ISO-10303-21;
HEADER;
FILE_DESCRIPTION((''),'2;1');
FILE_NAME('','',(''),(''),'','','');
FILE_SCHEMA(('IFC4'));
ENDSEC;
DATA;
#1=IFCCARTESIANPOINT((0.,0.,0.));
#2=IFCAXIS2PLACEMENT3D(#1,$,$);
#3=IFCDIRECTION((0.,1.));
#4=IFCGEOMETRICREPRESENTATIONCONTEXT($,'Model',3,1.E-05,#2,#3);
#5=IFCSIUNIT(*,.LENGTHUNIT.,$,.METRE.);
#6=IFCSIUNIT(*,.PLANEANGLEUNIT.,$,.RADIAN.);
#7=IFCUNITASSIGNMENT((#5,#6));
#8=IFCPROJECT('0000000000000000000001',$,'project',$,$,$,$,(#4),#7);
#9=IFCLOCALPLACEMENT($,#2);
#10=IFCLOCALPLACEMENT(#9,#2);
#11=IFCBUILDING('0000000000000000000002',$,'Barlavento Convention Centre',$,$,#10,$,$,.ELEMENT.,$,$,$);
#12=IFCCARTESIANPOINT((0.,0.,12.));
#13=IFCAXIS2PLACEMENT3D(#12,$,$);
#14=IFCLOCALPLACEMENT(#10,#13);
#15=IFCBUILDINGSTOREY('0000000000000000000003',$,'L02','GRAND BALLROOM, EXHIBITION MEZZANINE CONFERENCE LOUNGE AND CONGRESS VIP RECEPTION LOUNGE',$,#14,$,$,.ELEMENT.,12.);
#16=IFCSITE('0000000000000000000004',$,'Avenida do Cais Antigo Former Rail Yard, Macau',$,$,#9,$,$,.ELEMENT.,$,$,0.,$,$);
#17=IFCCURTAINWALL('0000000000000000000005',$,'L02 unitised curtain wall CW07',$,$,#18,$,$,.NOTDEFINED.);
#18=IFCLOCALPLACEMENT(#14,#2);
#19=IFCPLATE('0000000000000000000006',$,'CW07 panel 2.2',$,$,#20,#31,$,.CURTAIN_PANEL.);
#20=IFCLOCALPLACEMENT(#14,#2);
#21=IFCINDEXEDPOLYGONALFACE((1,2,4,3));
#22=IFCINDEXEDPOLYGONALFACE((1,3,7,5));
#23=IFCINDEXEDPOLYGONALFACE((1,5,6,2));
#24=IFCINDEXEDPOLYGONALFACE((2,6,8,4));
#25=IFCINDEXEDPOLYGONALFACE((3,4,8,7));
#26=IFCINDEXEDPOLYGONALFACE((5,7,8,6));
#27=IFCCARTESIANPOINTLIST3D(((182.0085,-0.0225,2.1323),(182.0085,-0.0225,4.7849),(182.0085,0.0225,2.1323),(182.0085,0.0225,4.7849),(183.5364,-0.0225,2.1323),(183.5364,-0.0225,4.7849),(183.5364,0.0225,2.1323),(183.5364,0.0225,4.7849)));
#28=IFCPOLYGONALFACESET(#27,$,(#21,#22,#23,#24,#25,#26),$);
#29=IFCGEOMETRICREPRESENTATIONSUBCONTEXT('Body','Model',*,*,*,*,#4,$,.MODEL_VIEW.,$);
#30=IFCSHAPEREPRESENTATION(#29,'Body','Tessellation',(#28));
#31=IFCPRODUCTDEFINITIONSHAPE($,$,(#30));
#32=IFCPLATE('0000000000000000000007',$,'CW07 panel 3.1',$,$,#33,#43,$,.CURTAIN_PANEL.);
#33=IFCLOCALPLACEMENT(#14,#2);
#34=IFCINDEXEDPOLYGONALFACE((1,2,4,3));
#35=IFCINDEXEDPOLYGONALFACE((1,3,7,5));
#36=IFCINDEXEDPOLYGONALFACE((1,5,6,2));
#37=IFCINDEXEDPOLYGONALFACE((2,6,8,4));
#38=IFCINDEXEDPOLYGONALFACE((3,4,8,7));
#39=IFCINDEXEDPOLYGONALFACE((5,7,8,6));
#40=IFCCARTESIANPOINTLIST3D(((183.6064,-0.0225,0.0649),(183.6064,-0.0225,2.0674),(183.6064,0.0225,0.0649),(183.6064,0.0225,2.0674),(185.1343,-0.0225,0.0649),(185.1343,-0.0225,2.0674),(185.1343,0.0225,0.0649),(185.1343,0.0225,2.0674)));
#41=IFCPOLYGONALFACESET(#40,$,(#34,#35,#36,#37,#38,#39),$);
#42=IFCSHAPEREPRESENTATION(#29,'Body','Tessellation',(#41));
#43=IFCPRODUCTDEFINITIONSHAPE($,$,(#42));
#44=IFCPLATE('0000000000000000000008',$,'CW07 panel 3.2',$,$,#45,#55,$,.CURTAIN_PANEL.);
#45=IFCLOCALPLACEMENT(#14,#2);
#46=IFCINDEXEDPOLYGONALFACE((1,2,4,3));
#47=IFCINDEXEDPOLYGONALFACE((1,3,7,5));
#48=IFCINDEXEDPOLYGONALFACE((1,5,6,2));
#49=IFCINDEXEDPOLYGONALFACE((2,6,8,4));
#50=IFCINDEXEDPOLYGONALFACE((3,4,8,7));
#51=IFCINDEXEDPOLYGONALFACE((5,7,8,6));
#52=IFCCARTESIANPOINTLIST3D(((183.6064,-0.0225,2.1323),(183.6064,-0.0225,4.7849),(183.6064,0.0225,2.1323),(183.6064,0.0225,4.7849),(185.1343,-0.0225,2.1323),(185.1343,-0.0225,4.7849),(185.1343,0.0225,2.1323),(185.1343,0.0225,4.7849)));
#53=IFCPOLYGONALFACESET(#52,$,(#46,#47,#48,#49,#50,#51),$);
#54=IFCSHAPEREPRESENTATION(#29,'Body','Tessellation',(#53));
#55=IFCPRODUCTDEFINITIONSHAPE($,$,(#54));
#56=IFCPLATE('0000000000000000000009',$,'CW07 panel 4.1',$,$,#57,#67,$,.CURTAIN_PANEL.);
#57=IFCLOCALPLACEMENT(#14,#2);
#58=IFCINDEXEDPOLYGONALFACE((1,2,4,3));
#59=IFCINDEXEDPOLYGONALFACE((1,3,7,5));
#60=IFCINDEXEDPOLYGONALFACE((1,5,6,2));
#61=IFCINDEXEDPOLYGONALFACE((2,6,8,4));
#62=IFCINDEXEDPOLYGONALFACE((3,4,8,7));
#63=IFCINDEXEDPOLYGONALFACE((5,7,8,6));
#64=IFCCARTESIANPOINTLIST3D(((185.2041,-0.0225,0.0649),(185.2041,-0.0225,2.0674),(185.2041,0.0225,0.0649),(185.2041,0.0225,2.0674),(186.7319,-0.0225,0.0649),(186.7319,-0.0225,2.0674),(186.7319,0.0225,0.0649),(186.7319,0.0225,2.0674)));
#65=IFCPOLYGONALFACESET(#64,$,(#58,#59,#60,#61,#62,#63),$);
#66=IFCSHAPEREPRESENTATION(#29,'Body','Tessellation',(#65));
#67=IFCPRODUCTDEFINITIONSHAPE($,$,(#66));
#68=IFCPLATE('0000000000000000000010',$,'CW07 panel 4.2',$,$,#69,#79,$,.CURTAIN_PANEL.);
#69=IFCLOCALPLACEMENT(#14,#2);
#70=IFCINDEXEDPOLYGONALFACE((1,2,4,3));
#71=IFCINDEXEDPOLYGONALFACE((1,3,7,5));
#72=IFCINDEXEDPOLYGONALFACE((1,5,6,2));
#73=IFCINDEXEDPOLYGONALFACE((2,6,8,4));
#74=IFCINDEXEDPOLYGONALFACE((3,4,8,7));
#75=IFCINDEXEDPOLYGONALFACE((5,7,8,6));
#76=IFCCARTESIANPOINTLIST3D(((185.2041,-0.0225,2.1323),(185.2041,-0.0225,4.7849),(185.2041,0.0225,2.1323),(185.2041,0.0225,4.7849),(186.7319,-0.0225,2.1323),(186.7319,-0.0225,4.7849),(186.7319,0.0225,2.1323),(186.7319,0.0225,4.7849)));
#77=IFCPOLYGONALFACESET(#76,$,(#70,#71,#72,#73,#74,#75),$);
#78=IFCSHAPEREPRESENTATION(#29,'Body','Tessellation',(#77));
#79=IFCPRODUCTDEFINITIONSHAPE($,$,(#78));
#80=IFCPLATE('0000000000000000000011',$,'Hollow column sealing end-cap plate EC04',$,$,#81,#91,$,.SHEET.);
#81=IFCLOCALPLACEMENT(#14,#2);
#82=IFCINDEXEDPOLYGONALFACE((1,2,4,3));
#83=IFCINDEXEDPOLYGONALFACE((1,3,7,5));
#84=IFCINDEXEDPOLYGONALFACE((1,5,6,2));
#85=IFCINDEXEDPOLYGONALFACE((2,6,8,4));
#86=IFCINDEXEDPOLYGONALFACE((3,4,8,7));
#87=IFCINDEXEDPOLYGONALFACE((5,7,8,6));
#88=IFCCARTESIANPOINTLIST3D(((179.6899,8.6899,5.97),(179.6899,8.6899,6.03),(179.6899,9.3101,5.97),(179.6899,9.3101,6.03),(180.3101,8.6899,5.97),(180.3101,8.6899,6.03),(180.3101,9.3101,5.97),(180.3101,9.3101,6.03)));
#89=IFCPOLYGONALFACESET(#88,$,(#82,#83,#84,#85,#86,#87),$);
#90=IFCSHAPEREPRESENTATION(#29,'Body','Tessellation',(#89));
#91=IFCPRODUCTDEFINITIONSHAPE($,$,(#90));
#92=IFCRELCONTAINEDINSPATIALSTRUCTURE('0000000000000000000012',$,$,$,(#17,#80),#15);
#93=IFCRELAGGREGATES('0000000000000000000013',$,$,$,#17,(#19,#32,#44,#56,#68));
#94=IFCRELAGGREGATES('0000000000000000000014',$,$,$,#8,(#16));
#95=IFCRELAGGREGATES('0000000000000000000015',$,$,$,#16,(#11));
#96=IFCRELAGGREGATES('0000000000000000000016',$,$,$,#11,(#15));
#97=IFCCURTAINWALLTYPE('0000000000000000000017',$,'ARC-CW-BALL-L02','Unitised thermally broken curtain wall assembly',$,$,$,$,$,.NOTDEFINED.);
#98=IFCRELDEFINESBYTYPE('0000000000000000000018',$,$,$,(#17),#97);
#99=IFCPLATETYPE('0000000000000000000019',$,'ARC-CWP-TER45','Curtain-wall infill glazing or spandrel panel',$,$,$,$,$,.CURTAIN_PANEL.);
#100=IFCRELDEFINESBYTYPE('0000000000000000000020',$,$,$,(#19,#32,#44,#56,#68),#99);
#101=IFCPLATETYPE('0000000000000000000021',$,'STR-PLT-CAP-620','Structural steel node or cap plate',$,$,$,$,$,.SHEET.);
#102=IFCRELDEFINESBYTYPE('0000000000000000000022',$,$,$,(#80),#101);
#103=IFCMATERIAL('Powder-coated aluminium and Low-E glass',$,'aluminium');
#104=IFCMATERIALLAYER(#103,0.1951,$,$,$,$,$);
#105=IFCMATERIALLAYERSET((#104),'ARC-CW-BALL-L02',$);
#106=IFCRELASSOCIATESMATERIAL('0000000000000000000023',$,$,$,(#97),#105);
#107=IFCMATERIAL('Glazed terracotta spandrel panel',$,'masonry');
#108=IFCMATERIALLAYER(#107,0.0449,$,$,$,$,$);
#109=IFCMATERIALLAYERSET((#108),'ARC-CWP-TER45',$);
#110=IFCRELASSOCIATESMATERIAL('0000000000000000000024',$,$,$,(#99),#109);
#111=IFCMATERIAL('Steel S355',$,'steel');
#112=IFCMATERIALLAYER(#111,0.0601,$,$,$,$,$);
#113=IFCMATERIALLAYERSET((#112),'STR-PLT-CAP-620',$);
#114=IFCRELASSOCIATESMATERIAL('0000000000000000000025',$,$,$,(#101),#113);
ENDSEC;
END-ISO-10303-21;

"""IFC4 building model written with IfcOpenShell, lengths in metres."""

from ifc_helpers import new_model, si_unit, direction, frame, origin, origin_2d, place, context, subcontext, project, spatial, rectangle, extrude, material, layer, layer_set, type_object, element, aggregate, save


model = new_model("IFC4")

# Units and contexts
model_context = context("Model", 3, precision=1e-05, world=origin(), true_north=direction((0.0, 1.0)))
body_context = subcontext(model_context, "Body", "Model", "MODEL_VIEW")
ifc_project = project(units=[si_unit("LENGTHUNIT", "METRE"), si_unit("PLANEANGLEUNIT", "RADIAN")], contexts=[model_context])

# Site, building, storey
site_placement = place(None, origin())
site = spatial("IfcSite", under=ifc_project, at=site_placement, Name="Avenida do Cais Antigo Former Rail Yard, Macau", CompositionType="ELEMENT", RefElevation=0.0)
building_placement = place(site_placement, origin())
building = spatial("IfcBuilding", under=site, at=building_placement, Name="Barlavento Convention Centre", CompositionType="ELEMENT")
storey_placement = place(building_placement, frame((0.0, 0.0, 12.0)))
storey = spatial("IfcBuildingStorey", under=building, at=storey_placement, Name="L02", Description="GRAND BALLROOM, EXHIBITION MEZZANINE CONFERENCE LOUNGE AND CONGRESS VIP RECEPTION LOUNGE", CompositionType="ELEMENT", Elevation=12.0)

# Shared definitions
ifc_material_1 = material(Name="Steel S355", Category="steel")

# Curtain wall
ifc_material_2 = material(Name="Powder-coated aluminium and Low-E glass", Category="aluminium")
ifc_layer_1 = layer(ifc_material_2, 0.1951)
ifc_layer_set_1 = layer_set([ifc_layer_1], Name="ARC-CW-BALL-L02")
curtain_wall_type = type_object("IfcCurtainWallType", Name="ARC-CW-BALL-L02", Description="Unitised thermally broken curtain wall assembly", PredefinedType="NOTDEFINED", material=ifc_layer_set_1)
curtain_wall_placement = place(storey_placement, origin())
curtain_wall = element("IfcCurtainWall", 1, at=curtain_wall_placement, inside=storey, type_object=curtain_wall_type, Name="L02 unitised curtain wall CW07", PredefinedType="NOTDEFINED")

# Plates
ifc_material_3 = material(Name="Glazed terracotta spandrel panel", Category="masonry")
ifc_layer_2 = layer(ifc_material_3, 0.0449)
ifc_layer_set_2 = layer_set([ifc_layer_2], Name="ARC-CWP-TER45")
plate_type_1 = type_object("IfcPlateType", Name="ARC-CWP-TER45", Description="Curtain-wall infill glazing or spandrel panel", PredefinedType="CURTAIN_PANEL", material=ifc_layer_set_2)
plate_1_placement = place(storey_placement, frame((182.7725, 0.0, 2.1323), z_axis=(0.0, 0.0, 1.0), x_axis=(1.0, 0.0, 0.0)))
plate_1 = element("IfcPlate", 2, at=plate_1_placement, type_object=plate_type_1, Name="CW07 panel 2.2", PredefinedType="CURTAIN_PANEL", context=body_context, shape_type="SweptSolid", body=[
    extrude(rectangle(XDim=1.5278, YDim=0.0449, at=origin_2d()), origin(), (0.0, 0.0, 1.0), 2.6526),
])
plate_2_placement = place(storey_placement, frame((184.3704, 0.0, 0.0649), z_axis=(0.0, 0.0, 1.0), x_axis=(1.0, 0.0, 0.0)))
plate_2 = element("IfcPlate", 3, at=plate_2_placement, type_object=plate_type_1, Name="CW07 panel 3.1", PredefinedType="CURTAIN_PANEL", context=body_context, shape_type="SweptSolid", body=[
    extrude(rectangle(XDim=1.5278, YDim=0.0449, at=origin_2d()), origin(), (0.0, 0.0, 1.0), 2.0024),
])
plate_3_placement = place(storey_placement, frame((184.3704, 0.0, 2.1323), z_axis=(0.0, 0.0, 1.0), x_axis=(1.0, 0.0, 0.0)))
plate_3 = element("IfcPlate", 4, at=plate_3_placement, type_object=plate_type_1, Name="CW07 panel 3.2", PredefinedType="CURTAIN_PANEL", context=body_context, shape_type="SweptSolid", body=[
    extrude(rectangle(XDim=1.5278, YDim=0.0449, at=origin_2d()), origin(), (0.0, 0.0, 1.0), 2.6526),
])
plate_4_placement = place(storey_placement, frame((185.968, 0.0, 0.0649), z_axis=(0.0, 0.0, 1.0), x_axis=(1.0, 0.0, 0.0)))
plate_4 = element("IfcPlate", 5, at=plate_4_placement, type_object=plate_type_1, Name="CW07 panel 4.1", PredefinedType="CURTAIN_PANEL", context=body_context, shape_type="SweptSolid", body=[
    extrude(rectangle(XDim=1.5278, YDim=0.0449, at=origin_2d()), origin(), (0.0, 0.0, 1.0), 2.0024),
])
plate_5_placement = place(storey_placement, frame((185.968, 0.0, 2.1323), z_axis=(0.0, 0.0, 1.0), x_axis=(1.0, 0.0, 0.0)))
plate_5 = element("IfcPlate", 6, at=plate_5_placement, type_object=plate_type_1, Name="CW07 panel 4.2", PredefinedType="CURTAIN_PANEL", context=body_context, shape_type="SweptSolid", body=[
    extrude(rectangle(XDim=1.5278, YDim=0.0449, at=origin_2d()), origin(), (0.0, 0.0, 1.0), 2.6526),
])
aggregate(curtain_wall, [plate_1, plate_2, plate_3, plate_4, plate_5])
ifc_layer_3 = layer(ifc_material_1, 0.0601)
ifc_layer_set_3 = layer_set([ifc_layer_3], Name="STR-PLT-CAP-620")
plate_type_2 = type_object("IfcPlateType", Name="STR-PLT-CAP-620", Description="Structural steel node or cap plate", PredefinedType="SHEET", material=ifc_layer_set_3)
plate_6_placement = place(storey_placement, frame((180.0, 9.0, 5.97), z_axis=(0.0, 0.0, 1.0), x_axis=(1.0, 0.0, 0.0)))
element("IfcPlate", 7, at=plate_6_placement, inside=storey, type_object=plate_type_2, Name="Hollow column sealing end-cap plate EC04", PredefinedType="SHEET", context=body_context, shape_type="SweptSolid", body=[
    extrude(rectangle(XDim=0.6201, YDim=0.6201, at=origin_2d()), origin(), (0.0, 0.0, 1.0), 0.0601),
])

save(model, "model.ifc")
